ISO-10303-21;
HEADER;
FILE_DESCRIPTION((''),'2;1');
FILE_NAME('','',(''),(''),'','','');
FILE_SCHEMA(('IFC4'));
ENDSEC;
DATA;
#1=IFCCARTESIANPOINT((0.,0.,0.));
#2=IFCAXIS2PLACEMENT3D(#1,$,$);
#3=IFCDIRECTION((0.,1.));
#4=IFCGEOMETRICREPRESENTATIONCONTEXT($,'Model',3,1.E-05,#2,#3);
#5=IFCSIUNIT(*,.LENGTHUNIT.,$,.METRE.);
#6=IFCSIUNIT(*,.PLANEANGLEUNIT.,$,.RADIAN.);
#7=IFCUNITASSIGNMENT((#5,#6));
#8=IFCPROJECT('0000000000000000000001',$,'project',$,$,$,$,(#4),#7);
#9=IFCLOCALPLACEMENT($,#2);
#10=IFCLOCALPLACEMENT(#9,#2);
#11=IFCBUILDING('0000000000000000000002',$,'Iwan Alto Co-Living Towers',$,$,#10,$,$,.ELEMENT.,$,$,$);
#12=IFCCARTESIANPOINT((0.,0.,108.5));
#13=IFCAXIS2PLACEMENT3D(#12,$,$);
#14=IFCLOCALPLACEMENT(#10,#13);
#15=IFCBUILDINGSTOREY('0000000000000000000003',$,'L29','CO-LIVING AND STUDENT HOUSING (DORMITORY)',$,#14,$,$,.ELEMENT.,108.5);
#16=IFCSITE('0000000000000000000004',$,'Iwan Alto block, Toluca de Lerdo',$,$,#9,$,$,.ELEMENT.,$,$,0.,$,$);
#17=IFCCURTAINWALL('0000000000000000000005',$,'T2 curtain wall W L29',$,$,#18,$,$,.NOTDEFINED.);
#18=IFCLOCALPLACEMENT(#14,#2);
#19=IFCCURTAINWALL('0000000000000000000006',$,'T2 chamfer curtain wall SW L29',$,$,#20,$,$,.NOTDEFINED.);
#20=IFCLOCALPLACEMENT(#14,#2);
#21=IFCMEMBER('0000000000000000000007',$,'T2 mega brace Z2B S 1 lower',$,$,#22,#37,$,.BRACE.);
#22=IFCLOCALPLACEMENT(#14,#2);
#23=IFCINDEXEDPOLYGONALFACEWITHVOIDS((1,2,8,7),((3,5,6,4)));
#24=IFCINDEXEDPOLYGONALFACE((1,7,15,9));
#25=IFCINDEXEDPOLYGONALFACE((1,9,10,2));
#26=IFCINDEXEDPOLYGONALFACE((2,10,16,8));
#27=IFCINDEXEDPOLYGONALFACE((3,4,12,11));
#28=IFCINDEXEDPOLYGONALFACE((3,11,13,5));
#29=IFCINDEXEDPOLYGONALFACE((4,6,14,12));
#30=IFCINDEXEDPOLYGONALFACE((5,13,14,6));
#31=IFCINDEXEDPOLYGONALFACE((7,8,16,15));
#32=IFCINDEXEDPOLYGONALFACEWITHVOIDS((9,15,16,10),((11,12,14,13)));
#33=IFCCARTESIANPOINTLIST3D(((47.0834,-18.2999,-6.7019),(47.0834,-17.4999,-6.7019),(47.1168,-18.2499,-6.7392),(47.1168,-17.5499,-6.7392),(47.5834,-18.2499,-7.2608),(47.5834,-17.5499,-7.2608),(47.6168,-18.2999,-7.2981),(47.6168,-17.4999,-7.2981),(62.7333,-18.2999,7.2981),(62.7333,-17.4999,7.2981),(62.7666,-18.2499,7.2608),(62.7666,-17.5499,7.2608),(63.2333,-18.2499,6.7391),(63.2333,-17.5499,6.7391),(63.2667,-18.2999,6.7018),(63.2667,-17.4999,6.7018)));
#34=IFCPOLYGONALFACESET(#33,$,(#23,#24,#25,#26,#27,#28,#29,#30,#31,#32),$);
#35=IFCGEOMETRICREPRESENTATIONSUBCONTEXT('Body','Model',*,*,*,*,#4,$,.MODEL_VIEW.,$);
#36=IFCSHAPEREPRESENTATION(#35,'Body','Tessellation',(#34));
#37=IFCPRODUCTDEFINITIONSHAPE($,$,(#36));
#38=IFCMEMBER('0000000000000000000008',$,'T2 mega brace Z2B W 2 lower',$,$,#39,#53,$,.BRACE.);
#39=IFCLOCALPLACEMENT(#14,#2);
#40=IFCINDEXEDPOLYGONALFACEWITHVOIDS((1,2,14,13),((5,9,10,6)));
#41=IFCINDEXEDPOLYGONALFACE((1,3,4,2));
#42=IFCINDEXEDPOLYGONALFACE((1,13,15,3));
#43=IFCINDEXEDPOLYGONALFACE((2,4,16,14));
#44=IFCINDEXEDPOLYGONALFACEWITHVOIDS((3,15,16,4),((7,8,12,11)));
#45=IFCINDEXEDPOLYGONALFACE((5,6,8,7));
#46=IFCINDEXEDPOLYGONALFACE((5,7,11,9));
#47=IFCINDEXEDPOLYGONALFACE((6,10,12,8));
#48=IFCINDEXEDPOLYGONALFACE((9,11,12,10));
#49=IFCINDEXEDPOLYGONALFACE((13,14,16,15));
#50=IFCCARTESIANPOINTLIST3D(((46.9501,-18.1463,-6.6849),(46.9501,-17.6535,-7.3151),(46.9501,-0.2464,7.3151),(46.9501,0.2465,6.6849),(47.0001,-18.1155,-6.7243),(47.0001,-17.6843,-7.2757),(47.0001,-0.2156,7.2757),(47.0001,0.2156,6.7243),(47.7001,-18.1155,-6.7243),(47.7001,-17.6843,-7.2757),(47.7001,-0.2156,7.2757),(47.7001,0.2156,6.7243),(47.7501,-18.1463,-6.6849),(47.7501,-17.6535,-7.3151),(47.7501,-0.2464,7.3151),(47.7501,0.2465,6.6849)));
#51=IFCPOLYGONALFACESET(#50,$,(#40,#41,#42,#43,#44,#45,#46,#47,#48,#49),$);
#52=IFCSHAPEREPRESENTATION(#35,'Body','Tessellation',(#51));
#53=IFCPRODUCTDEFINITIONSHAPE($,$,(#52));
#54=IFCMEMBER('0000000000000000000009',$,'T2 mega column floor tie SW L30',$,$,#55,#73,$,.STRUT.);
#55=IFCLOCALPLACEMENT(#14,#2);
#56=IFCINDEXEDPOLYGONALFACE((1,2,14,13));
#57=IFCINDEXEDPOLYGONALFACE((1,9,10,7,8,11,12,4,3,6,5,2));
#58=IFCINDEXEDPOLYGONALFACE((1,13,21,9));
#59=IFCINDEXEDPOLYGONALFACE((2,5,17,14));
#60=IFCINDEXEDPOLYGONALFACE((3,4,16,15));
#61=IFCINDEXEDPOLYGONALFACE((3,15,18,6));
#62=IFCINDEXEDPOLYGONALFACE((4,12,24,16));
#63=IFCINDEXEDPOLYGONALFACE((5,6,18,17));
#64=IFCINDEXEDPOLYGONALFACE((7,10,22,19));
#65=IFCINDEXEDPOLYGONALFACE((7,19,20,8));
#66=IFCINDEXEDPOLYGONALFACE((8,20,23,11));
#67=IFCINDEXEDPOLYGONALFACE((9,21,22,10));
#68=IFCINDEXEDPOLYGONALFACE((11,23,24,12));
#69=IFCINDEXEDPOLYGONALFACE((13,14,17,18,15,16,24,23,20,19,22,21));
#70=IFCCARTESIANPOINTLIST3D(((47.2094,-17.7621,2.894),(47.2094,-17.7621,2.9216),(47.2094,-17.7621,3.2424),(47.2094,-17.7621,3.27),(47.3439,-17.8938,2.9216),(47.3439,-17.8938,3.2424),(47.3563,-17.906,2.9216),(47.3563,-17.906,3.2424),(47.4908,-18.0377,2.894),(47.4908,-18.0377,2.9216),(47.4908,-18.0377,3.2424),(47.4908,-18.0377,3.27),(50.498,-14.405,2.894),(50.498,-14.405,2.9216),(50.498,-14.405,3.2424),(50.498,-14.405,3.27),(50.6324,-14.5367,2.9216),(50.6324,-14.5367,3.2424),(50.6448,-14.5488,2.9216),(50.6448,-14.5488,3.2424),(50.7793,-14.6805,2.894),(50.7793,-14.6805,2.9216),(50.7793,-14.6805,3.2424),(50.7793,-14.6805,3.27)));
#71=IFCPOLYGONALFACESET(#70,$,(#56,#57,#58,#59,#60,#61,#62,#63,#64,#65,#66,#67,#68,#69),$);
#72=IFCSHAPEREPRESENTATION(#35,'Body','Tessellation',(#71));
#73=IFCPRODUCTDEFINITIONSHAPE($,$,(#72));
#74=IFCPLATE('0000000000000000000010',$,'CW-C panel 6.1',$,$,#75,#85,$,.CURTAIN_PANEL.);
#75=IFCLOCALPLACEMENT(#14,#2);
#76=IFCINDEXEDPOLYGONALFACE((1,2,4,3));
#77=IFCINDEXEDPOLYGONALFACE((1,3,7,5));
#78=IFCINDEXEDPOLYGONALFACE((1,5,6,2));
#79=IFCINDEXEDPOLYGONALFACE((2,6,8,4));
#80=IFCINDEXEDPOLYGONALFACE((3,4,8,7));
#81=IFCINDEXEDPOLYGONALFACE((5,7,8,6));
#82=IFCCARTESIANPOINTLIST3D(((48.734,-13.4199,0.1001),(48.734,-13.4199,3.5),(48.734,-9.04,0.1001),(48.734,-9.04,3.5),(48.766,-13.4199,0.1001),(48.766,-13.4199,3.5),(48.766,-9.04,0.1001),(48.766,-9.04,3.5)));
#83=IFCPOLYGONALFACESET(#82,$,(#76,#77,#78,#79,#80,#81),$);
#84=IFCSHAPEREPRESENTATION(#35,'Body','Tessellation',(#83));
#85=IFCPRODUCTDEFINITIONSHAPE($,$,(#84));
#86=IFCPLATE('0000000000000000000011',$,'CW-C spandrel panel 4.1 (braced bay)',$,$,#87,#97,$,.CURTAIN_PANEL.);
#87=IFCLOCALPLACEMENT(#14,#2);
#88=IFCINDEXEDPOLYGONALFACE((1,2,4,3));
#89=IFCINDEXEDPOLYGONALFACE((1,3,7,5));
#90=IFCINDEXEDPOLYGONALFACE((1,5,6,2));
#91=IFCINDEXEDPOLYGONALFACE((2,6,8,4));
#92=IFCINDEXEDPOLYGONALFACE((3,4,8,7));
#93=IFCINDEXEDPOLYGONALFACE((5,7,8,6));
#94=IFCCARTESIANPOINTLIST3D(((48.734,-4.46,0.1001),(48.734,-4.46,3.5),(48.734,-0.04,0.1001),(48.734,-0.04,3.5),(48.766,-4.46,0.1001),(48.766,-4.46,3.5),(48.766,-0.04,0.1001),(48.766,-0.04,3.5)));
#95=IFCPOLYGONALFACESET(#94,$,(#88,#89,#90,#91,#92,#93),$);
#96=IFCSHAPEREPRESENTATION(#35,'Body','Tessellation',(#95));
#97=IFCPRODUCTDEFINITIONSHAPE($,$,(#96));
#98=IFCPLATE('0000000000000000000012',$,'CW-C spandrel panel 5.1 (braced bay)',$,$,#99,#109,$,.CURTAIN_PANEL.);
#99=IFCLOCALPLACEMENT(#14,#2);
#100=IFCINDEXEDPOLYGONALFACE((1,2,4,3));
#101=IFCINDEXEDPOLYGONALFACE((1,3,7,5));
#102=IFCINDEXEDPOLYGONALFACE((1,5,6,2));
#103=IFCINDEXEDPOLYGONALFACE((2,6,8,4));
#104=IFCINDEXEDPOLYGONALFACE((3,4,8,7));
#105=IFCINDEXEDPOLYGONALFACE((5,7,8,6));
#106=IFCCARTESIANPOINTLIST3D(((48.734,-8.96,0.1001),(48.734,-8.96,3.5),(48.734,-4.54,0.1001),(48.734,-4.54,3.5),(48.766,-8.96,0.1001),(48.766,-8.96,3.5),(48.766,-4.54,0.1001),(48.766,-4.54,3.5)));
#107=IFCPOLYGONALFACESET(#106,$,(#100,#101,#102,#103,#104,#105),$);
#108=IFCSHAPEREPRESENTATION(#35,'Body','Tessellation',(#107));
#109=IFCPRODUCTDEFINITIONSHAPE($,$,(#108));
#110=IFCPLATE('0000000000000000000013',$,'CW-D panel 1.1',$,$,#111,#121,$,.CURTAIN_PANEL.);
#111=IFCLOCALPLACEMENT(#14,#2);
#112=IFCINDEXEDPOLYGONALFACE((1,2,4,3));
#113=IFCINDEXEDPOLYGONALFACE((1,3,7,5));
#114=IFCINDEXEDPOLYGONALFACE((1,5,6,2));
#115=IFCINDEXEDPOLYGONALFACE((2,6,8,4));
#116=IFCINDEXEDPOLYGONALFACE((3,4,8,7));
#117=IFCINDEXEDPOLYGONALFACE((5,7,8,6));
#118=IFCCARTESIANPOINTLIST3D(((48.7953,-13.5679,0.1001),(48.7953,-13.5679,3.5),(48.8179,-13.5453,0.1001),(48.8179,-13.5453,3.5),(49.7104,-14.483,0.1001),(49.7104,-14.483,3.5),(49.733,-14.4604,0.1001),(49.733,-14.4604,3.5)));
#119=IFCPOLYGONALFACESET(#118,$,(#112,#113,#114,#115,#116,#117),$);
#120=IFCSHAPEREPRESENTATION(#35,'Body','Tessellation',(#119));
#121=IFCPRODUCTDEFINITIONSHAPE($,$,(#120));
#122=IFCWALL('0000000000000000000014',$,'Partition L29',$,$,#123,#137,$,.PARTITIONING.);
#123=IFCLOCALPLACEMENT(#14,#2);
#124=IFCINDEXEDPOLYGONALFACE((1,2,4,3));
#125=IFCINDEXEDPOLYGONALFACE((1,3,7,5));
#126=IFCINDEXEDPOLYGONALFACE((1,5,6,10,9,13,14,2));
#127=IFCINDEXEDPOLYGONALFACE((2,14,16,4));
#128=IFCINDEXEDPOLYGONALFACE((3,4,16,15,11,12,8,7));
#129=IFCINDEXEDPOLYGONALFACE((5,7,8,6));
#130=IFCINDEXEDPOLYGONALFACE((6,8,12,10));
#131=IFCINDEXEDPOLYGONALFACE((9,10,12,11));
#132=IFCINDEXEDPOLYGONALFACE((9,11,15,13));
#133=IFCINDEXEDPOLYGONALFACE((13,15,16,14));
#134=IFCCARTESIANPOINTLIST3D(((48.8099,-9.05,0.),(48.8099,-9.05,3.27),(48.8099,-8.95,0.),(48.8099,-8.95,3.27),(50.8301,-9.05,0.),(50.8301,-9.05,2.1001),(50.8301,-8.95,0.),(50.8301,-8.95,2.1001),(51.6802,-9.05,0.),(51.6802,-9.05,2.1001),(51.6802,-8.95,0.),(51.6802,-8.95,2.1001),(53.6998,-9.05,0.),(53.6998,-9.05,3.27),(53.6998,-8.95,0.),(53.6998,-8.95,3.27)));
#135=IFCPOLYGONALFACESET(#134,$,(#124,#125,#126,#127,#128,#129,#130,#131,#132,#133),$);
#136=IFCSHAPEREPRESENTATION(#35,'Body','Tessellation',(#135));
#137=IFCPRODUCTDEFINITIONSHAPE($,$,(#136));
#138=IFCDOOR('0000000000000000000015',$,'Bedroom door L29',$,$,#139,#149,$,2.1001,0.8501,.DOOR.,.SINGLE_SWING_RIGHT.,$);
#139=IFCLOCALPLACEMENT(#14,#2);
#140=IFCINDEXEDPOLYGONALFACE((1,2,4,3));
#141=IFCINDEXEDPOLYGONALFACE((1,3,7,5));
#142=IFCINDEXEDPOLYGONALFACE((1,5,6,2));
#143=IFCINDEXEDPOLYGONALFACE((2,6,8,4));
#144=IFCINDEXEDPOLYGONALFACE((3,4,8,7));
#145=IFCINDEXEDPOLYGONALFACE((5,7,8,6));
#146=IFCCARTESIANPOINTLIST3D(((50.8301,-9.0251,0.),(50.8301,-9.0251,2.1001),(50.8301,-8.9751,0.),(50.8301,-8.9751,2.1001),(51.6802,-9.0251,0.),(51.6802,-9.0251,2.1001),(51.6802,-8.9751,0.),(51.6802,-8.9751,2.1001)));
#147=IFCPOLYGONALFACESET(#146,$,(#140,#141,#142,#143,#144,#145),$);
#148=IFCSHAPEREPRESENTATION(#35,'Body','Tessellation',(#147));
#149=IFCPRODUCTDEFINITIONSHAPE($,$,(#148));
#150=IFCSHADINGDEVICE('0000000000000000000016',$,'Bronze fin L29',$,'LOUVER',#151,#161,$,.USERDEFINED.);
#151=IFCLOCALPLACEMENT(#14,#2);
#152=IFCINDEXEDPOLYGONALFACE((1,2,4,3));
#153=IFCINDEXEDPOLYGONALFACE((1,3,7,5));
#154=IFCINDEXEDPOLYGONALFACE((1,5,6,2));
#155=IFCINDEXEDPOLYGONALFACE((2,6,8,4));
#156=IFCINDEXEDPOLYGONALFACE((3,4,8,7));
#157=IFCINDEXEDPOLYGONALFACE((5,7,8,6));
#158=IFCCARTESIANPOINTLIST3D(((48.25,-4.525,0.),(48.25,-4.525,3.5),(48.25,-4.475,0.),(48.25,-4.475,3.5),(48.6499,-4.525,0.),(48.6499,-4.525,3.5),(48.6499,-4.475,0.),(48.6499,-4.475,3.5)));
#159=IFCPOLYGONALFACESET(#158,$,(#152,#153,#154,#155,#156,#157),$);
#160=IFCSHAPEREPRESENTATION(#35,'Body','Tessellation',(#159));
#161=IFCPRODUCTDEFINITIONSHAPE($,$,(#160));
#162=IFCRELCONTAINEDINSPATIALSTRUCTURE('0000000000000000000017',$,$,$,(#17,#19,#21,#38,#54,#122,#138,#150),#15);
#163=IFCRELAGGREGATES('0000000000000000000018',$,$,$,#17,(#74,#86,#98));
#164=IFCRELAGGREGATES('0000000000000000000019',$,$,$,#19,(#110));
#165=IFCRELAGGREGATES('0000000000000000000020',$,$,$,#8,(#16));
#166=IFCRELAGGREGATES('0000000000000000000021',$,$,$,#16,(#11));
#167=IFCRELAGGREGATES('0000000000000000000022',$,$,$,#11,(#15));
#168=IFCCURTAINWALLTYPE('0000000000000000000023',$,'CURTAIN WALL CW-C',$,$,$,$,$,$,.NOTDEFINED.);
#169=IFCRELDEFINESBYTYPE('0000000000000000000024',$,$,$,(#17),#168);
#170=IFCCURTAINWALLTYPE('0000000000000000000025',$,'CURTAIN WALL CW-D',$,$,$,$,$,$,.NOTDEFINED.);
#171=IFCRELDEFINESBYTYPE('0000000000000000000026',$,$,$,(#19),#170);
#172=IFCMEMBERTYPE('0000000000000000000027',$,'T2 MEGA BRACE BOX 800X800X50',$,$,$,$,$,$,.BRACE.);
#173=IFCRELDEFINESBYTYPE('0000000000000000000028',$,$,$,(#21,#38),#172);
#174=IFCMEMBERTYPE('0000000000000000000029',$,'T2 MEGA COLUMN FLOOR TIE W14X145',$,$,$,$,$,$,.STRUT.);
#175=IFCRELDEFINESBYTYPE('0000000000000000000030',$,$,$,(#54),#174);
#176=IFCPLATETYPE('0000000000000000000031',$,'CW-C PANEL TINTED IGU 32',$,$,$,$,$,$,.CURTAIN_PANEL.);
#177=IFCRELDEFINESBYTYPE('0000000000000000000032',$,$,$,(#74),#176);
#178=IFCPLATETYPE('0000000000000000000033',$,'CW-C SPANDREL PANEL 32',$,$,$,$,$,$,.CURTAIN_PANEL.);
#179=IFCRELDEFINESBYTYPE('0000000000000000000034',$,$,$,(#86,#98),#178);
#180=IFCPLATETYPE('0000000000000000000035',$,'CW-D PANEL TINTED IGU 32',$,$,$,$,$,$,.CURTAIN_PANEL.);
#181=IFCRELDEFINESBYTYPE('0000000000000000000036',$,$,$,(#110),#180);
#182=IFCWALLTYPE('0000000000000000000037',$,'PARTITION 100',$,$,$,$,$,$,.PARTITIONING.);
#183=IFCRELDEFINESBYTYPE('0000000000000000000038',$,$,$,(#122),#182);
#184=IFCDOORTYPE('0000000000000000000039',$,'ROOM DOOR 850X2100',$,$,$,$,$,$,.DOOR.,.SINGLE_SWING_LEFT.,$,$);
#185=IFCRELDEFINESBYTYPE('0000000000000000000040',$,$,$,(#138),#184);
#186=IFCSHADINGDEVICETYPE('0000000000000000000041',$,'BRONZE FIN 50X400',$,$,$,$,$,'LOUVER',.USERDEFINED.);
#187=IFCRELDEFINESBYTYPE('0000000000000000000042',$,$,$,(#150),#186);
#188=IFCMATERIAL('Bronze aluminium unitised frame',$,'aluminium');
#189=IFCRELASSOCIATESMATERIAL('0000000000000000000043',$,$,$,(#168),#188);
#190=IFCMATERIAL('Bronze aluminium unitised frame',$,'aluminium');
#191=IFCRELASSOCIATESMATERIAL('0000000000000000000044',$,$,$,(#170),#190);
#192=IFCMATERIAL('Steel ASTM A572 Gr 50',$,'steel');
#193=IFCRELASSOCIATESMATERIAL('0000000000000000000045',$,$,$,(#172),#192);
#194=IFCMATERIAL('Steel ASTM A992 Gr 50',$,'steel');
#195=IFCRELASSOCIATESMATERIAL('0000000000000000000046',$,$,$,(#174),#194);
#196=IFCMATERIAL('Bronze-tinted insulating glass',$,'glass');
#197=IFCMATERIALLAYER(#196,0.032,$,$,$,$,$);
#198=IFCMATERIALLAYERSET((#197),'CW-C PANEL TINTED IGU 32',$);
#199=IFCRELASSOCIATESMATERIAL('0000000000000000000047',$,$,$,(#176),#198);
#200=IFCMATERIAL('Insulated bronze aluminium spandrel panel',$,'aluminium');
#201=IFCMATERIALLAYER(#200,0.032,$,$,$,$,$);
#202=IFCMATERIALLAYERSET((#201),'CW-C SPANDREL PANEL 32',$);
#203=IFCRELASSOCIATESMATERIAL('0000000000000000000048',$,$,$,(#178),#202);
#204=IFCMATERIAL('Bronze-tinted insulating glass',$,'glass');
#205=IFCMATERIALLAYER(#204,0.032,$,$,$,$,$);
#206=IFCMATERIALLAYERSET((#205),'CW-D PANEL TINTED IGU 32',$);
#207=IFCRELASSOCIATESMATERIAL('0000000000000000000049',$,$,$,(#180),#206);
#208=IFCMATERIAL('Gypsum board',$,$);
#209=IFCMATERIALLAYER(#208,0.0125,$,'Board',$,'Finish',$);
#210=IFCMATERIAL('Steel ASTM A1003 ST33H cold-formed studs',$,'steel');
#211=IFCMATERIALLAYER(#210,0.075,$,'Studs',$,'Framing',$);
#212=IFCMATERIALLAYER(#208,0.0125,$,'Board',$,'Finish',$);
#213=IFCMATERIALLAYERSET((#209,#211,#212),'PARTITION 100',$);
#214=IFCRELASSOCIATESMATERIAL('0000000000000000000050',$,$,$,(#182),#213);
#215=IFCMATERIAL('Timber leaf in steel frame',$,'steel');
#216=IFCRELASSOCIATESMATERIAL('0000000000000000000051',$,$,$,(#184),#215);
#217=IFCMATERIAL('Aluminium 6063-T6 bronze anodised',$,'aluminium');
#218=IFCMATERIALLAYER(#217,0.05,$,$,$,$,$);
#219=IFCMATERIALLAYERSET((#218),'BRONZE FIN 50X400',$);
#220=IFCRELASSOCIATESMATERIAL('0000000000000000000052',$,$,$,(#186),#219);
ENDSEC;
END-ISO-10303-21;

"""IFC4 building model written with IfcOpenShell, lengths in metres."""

from ifc_helpers import new_model, si_unit, direction, frame, frame_2d, origin, origin_2d, place, context, subcontext, project, spatial, rectangle, hollow_rectangle, i_section, extrude, material, layer, layer_set, material_profile, profile_set, type_object, element, fill, aggregate, save


model = new_model("IFC4")

# Units and contexts
model_context = context("Model", 3, precision=1e-05, world=origin(), true_north=direction((0.0, 1.0)))
body_context = subcontext(model_context, "Body", "Model", "MODEL_VIEW")
ifc_project = project(units=[si_unit("LENGTHUNIT", "METRE"), si_unit("PLANEANGLEUNIT", "RADIAN")], contexts=[model_context])

# Site, building, storey
site_placement = place(None, origin())
site = spatial("IfcSite", under=ifc_project, at=site_placement, Name="Iwan Alto block, Toluca de Lerdo", CompositionType="ELEMENT", RefElevation=0.0)
building_placement = place(site_placement, origin())
building = spatial("IfcBuilding", under=site, at=building_placement, Name="Iwan Alto Co-Living Towers", CompositionType="ELEMENT")
storey_placement = place(building_placement, frame((0.0, 0.0, 108.5)))
storey = spatial("IfcBuildingStorey", under=building, at=storey_placement, Name="L29", Description="CO-LIVING AND STUDENT HOUSING (DORMITORY)", CompositionType="ELEMENT", Elevation=108.5)

# Curtain walls
ifc_material_1 = material(Name="Bronze aluminium unitised frame", Category="aluminium")
curtain_wall_type_1 = type_object("IfcCurtainWallType", Name="CURTAIN WALL CW-C", PredefinedType="NOTDEFINED", material=ifc_material_1)
curtain_wall_1_placement = place(storey_placement, origin())
curtain_wall_1 = element("IfcCurtainWall", 1, at=curtain_wall_1_placement, inside=storey, type_object=curtain_wall_type_1, Name="T2 curtain wall W L29", PredefinedType="NOTDEFINED")
ifc_material_2 = material(Name="Bronze aluminium unitised frame", Category="aluminium")
curtain_wall_type_2 = type_object("IfcCurtainWallType", Name="CURTAIN WALL CW-D", PredefinedType="NOTDEFINED", material=ifc_material_2)
curtain_wall_2_placement = place(storey_placement, origin())
curtain_wall_2 = element("IfcCurtainWall", 2, at=curtain_wall_2_placement, inside=storey, type_object=curtain_wall_type_2, Name="T2 chamfer curtain wall SW L29", PredefinedType="NOTDEFINED")

# Members
ifc_material_3 = material(Name="Steel ASTM A572 Gr 50", Category="steel")
ifc_material_profile_1 = material_profile(ifc_material_3, hollow_rectangle(XDim=0.8, YDim=0.8, WallThickness=0.05, at=origin_2d()), Name="BOX 800X800X50")
ifc_profile_set_1 = profile_set([ifc_material_profile_1], Name="Steel ASTM A572 Gr 50")
member_type_1 = type_object("IfcMemberType", Name="T2 MEGA BRACE BOX 800X800X50", PredefinedType="BRACE", material=ifc_profile_set_1)
member_1_placement = place(storey_placement, frame((47.3501, -17.8999, -7.0), z_axis=(0.745302, 0.0, 0.666728), x_axis=(0.0, 1.0, 0.0)))
element("IfcMember", 3, at=member_1_placement, inside=storey, type_object=member_type_1, Name="T2 mega brace Z2B S 1 lower", PredefinedType="BRACE", context=body_context, shape_type="SweptSolid", body=[
    extrude(hollow_rectangle(XDim=0.8, YDim=0.8, WallThickness=0.05, at=origin_2d()), origin(), (0.0, 0.0, 1.0), 20.998),
])
member_2_placement = place(storey_placement, frame((47.3501, -17.8999, -7.0), z_axis=(0.0, 0.787689, 0.616073), x_axis=(-1.0, 0.0, 0.0)))
element("IfcMember", 4, at=member_2_placement, inside=storey, type_object=member_type_1, Name="T2 mega brace Z2B W 2 lower", PredefinedType="BRACE", context=body_context, shape_type="SweptSolid", body=[
    extrude(hollow_rectangle(XDim=0.8, YDim=0.8, WallThickness=0.05, at=origin_2d()), origin(), (0.0, 0.0, 1.0), 22.7246),
])
ifc_material_4 = material(Name="Steel ASTM A992 Gr 50", Category="steel")
ifc_material_profile_2 = material_profile(ifc_material_4, i_section(OverallWidth=0.3938, OverallDepth=0.376, WebThickness=0.0173, FlangeThickness=0.0276, at=origin_2d()), Name="W14X145")
ifc_profile_set_2 = profile_set([ifc_material_profile_2], Name="Steel ASTM A992 Gr 50")
member_type_2 = type_object("IfcMemberType", Name="T2 MEGA COLUMN FLOOR TIE W14X145", PredefinedType="STRUT", material=ifc_profile_set_2)
member_3_placement = place(storey_placement, frame((47.3501, -17.8999, 3.082), z_axis=(0.69977, 0.714368, 0.0), x_axis=(-0.714368, 0.69977, 0.0)))
element("IfcMember", 5, at=member_3_placement, inside=storey, type_object=member_type_2, Name="T2 mega column floor tie SW L30", PredefinedType="STRUT", context=body_context, shape_type="SweptSolid", body=[
    extrude(i_section(OverallWidth=0.3938, OverallDepth=0.376, WebThickness=0.0173, FlangeThickness=0.0276, at=origin_2d()), origin(), (0.0, 0.0, 1.0), 4.6995),
])

# Plates
ifc_material_5 = material(Name="Bronze-tinted insulating glass", Category="glass")
ifc_layer_1 = layer(ifc_material_5, 0.032)
ifc_layer_set_1 = layer_set([ifc_layer_1], Name="CW-C PANEL TINTED IGU 32")
plate_type_1 = type_object("IfcPlateType", Name="CW-C PANEL TINTED IGU 32", PredefinedType="CURTAIN_PANEL", material=ifc_layer_set_1)
plate_1_placement = place(storey_placement, frame((48.75, -11.23, 0.1001), z_axis=(0.0, 0.0, 1.0), x_axis=(0.0, -1.0, 0.0)))
plate_1 = element("IfcPlate", 6, at=plate_1_placement, type_object=plate_type_1, Name="CW-C panel 6.1", PredefinedType="CURTAIN_PANEL", context=body_context, shape_type="SweptSolid", body=[
    extrude(rectangle(XDim=4.3799, YDim=0.032, at=origin_2d()), origin(), (0.0, 0.0, 1.0), 3.3999),
])
ifc_material_6 = material(Name="Insulated bronze aluminium spandrel panel", Category="aluminium")
ifc_layer_2 = layer(ifc_material_6, 0.032)
ifc_layer_set_2 = layer_set([ifc_layer_2], Name="CW-C SPANDREL PANEL 32")
plate_type_2 = type_object("IfcPlateType", Name="CW-C SPANDREL PANEL 32", PredefinedType="CURTAIN_PANEL", material=ifc_layer_set_2)
plate_2_placement = place(storey_placement, frame((48.75, -2.25, 0.1001), z_axis=(0.0, 0.0, 1.0), x_axis=(0.0, -1.0, 0.0)))
plate_2 = element("IfcPlate", 7, at=plate_2_placement, type_object=plate_type_2, Name="CW-C spandrel panel 4.1 (braced bay)", PredefinedType="CURTAIN_PANEL", context=body_context, shape_type="SweptSolid", body=[
    extrude(rectangle(XDim=4.4199, YDim=0.032, at=origin_2d()), origin(), (0.0, 0.0, 1.0), 3.3999),
])
plate_3_placement = place(storey_placement, frame((48.75, -6.75, 0.1001), z_axis=(0.0, 0.0, 1.0), x_axis=(0.0, -1.0, 0.0)))
plate_3 = element("IfcPlate", 8, at=plate_3_placement, type_object=plate_type_2, Name="CW-C spandrel panel 5.1 (braced bay)", PredefinedType="CURTAIN_PANEL", context=body_context, shape_type="SweptSolid", body=[
    extrude(rectangle(XDim=4.4199, YDim=0.032, at=origin_2d()), origin(), (0.0, 0.0, 1.0), 3.3999),
])
aggregate(curtain_wall_1, [plate_1, plate_2, plate_3])
ifc_material_7 = material(Name="Bronze-tinted insulating glass", Category="glass")
ifc_layer_3 = layer(ifc_material_7, 0.032)
ifc_layer_set_3 = layer_set([ifc_layer_3], Name="CW-D PANEL TINTED IGU 32")
plate_type_3 = type_object("IfcPlateType", Name="CW-D PANEL TINTED IGU 32", PredefinedType="CURTAIN_PANEL", material=ifc_layer_set_3)
plate_4_placement = place(storey_placement, frame((49.2642, -14.0142, 0.1001), z_axis=(0.0, 0.0, 1.0), x_axis=(0.707107, -0.707107, 0.0)))
plate_4 = element("IfcPlate", 9, at=plate_4_placement, type_object=plate_type_3, Name="CW-D panel 1.1", PredefinedType="CURTAIN_PANEL", context=body_context, shape_type="SweptSolid", body=[
    extrude(rectangle(XDim=1.2942, YDim=0.032, at=origin_2d()), origin(), (0.0, 0.0, 1.0), 3.3999),
])
aggregate(curtain_wall_2, [plate_4])

# Wall, opening, door
ifc_material_8 = material(Name="Gypsum board")
ifc_layer_4 = layer(ifc_material_8, 0.0125, Name="Board", Category="Finish")
ifc_material_9 = material(Name="Steel ASTM A1003 ST33H cold-formed studs", Category="steel")
ifc_layer_5 = layer(ifc_material_9, 0.075, Name="Studs", Category="Framing")
ifc_layer_6 = layer(ifc_material_8, 0.0125, Name="Board", Category="Finish")
ifc_layer_set_4 = layer_set([ifc_layer_4, ifc_layer_5, ifc_layer_6], Name="PARTITION 100")
wall_type = type_object("IfcWallType", Name="PARTITION 100", PredefinedType="PARTITIONING", material=ifc_layer_set_4)
wall_placement = place(storey_placement, frame((48.8101, -9.0, 0.0), z_axis=(0.0, 0.0, 1.0), x_axis=(1.0, 0.0, 0.0)))
wall = element("IfcWall", 10, at=wall_placement, inside=storey, type_object=wall_type, Name="Partition L29", PredefinedType="PARTITIONING", context=body_context, shape_type="SweptSolid", body=[
    extrude(rectangle(XDim=4.8899, YDim=0.1001, at=frame_2d((2.4448, 0.0))), origin(), (0.0, 0.0, 1.0), 3.27),
])
opening_placement = place(wall_placement, frame((2.02, 0.0, 0.0)))
opening = element("IfcOpeningElement", 11, at=opening_placement, cuts=wall, PredefinedType="OPENING", context=body_context, shape_type="SweptSolid", body=[
    extrude(rectangle(XDim=0.8501, YDim=2.1001, at=frame_2d((0.425, 1.05))), frame((0.0, 0.0601, 0.0), z_axis=(0.0, -1.0, 0.0), x_axis=(1.0, 0.0, 0.0)), (0.0, 0.0, 1.0), 0.1201),
])
ifc_material_10 = material(Name="Timber leaf in steel frame", Category="steel")
door_type = type_object("IfcDoorType", Name="ROOM DOOR 850X2100", OperationType="SINGLE_SWING_LEFT", PredefinedType="DOOR", material=ifc_material_10)
door_placement = place(opening_placement, origin())
door = element("IfcDoor", 12, at=door_placement, inside=storey, type_object=door_type, Name="Bedroom door L29", OperationType="SINGLE_SWING_RIGHT", OverallHeight=2.1001, OverallWidth=0.8501, PredefinedType="DOOR", context=body_context, shape_type="SweptSolid", body=[
    extrude(rectangle(XDim=0.8501, YDim=2.1001, at=frame_2d((0.425, 1.05))), frame((0.0, 0.0249, 0.0), z_axis=(0.0, -1.0, 0.0), x_axis=(1.0, 0.0, 0.0)), (0.0, 0.0, 1.0), 0.05),
])
fill(opening, door)

# Shading device
ifc_material_11 = material(Name="Aluminium 6063-T6 bronze anodised", Category="aluminium")
ifc_layer_7 = layer(ifc_material_11, 0.05)
ifc_layer_set_5 = layer_set([ifc_layer_7], Name="BRONZE FIN 50X400")
shading_device_type = type_object("IfcShadingDeviceType", Name="BRONZE FIN 50X400", ElementType="LOUVER", PredefinedType="USERDEFINED", material=ifc_layer_set_5)
shading_device_placement = place(storey_placement, frame((48.45, -4.5, 0.0), z_axis=(0.0, 0.0, 1.0), x_axis=(0.0, -1.0, 0.0)))
element("IfcShadingDevice", 13, at=shading_device_placement, inside=storey, type_object=shading_device_type, Name="Bronze fin L29", ObjectType="LOUVER", PredefinedType="USERDEFINED", context=body_context, shape_type="SweptSolid", body=[
    extrude(rectangle(XDim=0.05, YDim=0.3999, at=origin_2d()), origin(), (0.0, 0.0, 1.0), 3.5),
])

save(model, "model.ifc")
